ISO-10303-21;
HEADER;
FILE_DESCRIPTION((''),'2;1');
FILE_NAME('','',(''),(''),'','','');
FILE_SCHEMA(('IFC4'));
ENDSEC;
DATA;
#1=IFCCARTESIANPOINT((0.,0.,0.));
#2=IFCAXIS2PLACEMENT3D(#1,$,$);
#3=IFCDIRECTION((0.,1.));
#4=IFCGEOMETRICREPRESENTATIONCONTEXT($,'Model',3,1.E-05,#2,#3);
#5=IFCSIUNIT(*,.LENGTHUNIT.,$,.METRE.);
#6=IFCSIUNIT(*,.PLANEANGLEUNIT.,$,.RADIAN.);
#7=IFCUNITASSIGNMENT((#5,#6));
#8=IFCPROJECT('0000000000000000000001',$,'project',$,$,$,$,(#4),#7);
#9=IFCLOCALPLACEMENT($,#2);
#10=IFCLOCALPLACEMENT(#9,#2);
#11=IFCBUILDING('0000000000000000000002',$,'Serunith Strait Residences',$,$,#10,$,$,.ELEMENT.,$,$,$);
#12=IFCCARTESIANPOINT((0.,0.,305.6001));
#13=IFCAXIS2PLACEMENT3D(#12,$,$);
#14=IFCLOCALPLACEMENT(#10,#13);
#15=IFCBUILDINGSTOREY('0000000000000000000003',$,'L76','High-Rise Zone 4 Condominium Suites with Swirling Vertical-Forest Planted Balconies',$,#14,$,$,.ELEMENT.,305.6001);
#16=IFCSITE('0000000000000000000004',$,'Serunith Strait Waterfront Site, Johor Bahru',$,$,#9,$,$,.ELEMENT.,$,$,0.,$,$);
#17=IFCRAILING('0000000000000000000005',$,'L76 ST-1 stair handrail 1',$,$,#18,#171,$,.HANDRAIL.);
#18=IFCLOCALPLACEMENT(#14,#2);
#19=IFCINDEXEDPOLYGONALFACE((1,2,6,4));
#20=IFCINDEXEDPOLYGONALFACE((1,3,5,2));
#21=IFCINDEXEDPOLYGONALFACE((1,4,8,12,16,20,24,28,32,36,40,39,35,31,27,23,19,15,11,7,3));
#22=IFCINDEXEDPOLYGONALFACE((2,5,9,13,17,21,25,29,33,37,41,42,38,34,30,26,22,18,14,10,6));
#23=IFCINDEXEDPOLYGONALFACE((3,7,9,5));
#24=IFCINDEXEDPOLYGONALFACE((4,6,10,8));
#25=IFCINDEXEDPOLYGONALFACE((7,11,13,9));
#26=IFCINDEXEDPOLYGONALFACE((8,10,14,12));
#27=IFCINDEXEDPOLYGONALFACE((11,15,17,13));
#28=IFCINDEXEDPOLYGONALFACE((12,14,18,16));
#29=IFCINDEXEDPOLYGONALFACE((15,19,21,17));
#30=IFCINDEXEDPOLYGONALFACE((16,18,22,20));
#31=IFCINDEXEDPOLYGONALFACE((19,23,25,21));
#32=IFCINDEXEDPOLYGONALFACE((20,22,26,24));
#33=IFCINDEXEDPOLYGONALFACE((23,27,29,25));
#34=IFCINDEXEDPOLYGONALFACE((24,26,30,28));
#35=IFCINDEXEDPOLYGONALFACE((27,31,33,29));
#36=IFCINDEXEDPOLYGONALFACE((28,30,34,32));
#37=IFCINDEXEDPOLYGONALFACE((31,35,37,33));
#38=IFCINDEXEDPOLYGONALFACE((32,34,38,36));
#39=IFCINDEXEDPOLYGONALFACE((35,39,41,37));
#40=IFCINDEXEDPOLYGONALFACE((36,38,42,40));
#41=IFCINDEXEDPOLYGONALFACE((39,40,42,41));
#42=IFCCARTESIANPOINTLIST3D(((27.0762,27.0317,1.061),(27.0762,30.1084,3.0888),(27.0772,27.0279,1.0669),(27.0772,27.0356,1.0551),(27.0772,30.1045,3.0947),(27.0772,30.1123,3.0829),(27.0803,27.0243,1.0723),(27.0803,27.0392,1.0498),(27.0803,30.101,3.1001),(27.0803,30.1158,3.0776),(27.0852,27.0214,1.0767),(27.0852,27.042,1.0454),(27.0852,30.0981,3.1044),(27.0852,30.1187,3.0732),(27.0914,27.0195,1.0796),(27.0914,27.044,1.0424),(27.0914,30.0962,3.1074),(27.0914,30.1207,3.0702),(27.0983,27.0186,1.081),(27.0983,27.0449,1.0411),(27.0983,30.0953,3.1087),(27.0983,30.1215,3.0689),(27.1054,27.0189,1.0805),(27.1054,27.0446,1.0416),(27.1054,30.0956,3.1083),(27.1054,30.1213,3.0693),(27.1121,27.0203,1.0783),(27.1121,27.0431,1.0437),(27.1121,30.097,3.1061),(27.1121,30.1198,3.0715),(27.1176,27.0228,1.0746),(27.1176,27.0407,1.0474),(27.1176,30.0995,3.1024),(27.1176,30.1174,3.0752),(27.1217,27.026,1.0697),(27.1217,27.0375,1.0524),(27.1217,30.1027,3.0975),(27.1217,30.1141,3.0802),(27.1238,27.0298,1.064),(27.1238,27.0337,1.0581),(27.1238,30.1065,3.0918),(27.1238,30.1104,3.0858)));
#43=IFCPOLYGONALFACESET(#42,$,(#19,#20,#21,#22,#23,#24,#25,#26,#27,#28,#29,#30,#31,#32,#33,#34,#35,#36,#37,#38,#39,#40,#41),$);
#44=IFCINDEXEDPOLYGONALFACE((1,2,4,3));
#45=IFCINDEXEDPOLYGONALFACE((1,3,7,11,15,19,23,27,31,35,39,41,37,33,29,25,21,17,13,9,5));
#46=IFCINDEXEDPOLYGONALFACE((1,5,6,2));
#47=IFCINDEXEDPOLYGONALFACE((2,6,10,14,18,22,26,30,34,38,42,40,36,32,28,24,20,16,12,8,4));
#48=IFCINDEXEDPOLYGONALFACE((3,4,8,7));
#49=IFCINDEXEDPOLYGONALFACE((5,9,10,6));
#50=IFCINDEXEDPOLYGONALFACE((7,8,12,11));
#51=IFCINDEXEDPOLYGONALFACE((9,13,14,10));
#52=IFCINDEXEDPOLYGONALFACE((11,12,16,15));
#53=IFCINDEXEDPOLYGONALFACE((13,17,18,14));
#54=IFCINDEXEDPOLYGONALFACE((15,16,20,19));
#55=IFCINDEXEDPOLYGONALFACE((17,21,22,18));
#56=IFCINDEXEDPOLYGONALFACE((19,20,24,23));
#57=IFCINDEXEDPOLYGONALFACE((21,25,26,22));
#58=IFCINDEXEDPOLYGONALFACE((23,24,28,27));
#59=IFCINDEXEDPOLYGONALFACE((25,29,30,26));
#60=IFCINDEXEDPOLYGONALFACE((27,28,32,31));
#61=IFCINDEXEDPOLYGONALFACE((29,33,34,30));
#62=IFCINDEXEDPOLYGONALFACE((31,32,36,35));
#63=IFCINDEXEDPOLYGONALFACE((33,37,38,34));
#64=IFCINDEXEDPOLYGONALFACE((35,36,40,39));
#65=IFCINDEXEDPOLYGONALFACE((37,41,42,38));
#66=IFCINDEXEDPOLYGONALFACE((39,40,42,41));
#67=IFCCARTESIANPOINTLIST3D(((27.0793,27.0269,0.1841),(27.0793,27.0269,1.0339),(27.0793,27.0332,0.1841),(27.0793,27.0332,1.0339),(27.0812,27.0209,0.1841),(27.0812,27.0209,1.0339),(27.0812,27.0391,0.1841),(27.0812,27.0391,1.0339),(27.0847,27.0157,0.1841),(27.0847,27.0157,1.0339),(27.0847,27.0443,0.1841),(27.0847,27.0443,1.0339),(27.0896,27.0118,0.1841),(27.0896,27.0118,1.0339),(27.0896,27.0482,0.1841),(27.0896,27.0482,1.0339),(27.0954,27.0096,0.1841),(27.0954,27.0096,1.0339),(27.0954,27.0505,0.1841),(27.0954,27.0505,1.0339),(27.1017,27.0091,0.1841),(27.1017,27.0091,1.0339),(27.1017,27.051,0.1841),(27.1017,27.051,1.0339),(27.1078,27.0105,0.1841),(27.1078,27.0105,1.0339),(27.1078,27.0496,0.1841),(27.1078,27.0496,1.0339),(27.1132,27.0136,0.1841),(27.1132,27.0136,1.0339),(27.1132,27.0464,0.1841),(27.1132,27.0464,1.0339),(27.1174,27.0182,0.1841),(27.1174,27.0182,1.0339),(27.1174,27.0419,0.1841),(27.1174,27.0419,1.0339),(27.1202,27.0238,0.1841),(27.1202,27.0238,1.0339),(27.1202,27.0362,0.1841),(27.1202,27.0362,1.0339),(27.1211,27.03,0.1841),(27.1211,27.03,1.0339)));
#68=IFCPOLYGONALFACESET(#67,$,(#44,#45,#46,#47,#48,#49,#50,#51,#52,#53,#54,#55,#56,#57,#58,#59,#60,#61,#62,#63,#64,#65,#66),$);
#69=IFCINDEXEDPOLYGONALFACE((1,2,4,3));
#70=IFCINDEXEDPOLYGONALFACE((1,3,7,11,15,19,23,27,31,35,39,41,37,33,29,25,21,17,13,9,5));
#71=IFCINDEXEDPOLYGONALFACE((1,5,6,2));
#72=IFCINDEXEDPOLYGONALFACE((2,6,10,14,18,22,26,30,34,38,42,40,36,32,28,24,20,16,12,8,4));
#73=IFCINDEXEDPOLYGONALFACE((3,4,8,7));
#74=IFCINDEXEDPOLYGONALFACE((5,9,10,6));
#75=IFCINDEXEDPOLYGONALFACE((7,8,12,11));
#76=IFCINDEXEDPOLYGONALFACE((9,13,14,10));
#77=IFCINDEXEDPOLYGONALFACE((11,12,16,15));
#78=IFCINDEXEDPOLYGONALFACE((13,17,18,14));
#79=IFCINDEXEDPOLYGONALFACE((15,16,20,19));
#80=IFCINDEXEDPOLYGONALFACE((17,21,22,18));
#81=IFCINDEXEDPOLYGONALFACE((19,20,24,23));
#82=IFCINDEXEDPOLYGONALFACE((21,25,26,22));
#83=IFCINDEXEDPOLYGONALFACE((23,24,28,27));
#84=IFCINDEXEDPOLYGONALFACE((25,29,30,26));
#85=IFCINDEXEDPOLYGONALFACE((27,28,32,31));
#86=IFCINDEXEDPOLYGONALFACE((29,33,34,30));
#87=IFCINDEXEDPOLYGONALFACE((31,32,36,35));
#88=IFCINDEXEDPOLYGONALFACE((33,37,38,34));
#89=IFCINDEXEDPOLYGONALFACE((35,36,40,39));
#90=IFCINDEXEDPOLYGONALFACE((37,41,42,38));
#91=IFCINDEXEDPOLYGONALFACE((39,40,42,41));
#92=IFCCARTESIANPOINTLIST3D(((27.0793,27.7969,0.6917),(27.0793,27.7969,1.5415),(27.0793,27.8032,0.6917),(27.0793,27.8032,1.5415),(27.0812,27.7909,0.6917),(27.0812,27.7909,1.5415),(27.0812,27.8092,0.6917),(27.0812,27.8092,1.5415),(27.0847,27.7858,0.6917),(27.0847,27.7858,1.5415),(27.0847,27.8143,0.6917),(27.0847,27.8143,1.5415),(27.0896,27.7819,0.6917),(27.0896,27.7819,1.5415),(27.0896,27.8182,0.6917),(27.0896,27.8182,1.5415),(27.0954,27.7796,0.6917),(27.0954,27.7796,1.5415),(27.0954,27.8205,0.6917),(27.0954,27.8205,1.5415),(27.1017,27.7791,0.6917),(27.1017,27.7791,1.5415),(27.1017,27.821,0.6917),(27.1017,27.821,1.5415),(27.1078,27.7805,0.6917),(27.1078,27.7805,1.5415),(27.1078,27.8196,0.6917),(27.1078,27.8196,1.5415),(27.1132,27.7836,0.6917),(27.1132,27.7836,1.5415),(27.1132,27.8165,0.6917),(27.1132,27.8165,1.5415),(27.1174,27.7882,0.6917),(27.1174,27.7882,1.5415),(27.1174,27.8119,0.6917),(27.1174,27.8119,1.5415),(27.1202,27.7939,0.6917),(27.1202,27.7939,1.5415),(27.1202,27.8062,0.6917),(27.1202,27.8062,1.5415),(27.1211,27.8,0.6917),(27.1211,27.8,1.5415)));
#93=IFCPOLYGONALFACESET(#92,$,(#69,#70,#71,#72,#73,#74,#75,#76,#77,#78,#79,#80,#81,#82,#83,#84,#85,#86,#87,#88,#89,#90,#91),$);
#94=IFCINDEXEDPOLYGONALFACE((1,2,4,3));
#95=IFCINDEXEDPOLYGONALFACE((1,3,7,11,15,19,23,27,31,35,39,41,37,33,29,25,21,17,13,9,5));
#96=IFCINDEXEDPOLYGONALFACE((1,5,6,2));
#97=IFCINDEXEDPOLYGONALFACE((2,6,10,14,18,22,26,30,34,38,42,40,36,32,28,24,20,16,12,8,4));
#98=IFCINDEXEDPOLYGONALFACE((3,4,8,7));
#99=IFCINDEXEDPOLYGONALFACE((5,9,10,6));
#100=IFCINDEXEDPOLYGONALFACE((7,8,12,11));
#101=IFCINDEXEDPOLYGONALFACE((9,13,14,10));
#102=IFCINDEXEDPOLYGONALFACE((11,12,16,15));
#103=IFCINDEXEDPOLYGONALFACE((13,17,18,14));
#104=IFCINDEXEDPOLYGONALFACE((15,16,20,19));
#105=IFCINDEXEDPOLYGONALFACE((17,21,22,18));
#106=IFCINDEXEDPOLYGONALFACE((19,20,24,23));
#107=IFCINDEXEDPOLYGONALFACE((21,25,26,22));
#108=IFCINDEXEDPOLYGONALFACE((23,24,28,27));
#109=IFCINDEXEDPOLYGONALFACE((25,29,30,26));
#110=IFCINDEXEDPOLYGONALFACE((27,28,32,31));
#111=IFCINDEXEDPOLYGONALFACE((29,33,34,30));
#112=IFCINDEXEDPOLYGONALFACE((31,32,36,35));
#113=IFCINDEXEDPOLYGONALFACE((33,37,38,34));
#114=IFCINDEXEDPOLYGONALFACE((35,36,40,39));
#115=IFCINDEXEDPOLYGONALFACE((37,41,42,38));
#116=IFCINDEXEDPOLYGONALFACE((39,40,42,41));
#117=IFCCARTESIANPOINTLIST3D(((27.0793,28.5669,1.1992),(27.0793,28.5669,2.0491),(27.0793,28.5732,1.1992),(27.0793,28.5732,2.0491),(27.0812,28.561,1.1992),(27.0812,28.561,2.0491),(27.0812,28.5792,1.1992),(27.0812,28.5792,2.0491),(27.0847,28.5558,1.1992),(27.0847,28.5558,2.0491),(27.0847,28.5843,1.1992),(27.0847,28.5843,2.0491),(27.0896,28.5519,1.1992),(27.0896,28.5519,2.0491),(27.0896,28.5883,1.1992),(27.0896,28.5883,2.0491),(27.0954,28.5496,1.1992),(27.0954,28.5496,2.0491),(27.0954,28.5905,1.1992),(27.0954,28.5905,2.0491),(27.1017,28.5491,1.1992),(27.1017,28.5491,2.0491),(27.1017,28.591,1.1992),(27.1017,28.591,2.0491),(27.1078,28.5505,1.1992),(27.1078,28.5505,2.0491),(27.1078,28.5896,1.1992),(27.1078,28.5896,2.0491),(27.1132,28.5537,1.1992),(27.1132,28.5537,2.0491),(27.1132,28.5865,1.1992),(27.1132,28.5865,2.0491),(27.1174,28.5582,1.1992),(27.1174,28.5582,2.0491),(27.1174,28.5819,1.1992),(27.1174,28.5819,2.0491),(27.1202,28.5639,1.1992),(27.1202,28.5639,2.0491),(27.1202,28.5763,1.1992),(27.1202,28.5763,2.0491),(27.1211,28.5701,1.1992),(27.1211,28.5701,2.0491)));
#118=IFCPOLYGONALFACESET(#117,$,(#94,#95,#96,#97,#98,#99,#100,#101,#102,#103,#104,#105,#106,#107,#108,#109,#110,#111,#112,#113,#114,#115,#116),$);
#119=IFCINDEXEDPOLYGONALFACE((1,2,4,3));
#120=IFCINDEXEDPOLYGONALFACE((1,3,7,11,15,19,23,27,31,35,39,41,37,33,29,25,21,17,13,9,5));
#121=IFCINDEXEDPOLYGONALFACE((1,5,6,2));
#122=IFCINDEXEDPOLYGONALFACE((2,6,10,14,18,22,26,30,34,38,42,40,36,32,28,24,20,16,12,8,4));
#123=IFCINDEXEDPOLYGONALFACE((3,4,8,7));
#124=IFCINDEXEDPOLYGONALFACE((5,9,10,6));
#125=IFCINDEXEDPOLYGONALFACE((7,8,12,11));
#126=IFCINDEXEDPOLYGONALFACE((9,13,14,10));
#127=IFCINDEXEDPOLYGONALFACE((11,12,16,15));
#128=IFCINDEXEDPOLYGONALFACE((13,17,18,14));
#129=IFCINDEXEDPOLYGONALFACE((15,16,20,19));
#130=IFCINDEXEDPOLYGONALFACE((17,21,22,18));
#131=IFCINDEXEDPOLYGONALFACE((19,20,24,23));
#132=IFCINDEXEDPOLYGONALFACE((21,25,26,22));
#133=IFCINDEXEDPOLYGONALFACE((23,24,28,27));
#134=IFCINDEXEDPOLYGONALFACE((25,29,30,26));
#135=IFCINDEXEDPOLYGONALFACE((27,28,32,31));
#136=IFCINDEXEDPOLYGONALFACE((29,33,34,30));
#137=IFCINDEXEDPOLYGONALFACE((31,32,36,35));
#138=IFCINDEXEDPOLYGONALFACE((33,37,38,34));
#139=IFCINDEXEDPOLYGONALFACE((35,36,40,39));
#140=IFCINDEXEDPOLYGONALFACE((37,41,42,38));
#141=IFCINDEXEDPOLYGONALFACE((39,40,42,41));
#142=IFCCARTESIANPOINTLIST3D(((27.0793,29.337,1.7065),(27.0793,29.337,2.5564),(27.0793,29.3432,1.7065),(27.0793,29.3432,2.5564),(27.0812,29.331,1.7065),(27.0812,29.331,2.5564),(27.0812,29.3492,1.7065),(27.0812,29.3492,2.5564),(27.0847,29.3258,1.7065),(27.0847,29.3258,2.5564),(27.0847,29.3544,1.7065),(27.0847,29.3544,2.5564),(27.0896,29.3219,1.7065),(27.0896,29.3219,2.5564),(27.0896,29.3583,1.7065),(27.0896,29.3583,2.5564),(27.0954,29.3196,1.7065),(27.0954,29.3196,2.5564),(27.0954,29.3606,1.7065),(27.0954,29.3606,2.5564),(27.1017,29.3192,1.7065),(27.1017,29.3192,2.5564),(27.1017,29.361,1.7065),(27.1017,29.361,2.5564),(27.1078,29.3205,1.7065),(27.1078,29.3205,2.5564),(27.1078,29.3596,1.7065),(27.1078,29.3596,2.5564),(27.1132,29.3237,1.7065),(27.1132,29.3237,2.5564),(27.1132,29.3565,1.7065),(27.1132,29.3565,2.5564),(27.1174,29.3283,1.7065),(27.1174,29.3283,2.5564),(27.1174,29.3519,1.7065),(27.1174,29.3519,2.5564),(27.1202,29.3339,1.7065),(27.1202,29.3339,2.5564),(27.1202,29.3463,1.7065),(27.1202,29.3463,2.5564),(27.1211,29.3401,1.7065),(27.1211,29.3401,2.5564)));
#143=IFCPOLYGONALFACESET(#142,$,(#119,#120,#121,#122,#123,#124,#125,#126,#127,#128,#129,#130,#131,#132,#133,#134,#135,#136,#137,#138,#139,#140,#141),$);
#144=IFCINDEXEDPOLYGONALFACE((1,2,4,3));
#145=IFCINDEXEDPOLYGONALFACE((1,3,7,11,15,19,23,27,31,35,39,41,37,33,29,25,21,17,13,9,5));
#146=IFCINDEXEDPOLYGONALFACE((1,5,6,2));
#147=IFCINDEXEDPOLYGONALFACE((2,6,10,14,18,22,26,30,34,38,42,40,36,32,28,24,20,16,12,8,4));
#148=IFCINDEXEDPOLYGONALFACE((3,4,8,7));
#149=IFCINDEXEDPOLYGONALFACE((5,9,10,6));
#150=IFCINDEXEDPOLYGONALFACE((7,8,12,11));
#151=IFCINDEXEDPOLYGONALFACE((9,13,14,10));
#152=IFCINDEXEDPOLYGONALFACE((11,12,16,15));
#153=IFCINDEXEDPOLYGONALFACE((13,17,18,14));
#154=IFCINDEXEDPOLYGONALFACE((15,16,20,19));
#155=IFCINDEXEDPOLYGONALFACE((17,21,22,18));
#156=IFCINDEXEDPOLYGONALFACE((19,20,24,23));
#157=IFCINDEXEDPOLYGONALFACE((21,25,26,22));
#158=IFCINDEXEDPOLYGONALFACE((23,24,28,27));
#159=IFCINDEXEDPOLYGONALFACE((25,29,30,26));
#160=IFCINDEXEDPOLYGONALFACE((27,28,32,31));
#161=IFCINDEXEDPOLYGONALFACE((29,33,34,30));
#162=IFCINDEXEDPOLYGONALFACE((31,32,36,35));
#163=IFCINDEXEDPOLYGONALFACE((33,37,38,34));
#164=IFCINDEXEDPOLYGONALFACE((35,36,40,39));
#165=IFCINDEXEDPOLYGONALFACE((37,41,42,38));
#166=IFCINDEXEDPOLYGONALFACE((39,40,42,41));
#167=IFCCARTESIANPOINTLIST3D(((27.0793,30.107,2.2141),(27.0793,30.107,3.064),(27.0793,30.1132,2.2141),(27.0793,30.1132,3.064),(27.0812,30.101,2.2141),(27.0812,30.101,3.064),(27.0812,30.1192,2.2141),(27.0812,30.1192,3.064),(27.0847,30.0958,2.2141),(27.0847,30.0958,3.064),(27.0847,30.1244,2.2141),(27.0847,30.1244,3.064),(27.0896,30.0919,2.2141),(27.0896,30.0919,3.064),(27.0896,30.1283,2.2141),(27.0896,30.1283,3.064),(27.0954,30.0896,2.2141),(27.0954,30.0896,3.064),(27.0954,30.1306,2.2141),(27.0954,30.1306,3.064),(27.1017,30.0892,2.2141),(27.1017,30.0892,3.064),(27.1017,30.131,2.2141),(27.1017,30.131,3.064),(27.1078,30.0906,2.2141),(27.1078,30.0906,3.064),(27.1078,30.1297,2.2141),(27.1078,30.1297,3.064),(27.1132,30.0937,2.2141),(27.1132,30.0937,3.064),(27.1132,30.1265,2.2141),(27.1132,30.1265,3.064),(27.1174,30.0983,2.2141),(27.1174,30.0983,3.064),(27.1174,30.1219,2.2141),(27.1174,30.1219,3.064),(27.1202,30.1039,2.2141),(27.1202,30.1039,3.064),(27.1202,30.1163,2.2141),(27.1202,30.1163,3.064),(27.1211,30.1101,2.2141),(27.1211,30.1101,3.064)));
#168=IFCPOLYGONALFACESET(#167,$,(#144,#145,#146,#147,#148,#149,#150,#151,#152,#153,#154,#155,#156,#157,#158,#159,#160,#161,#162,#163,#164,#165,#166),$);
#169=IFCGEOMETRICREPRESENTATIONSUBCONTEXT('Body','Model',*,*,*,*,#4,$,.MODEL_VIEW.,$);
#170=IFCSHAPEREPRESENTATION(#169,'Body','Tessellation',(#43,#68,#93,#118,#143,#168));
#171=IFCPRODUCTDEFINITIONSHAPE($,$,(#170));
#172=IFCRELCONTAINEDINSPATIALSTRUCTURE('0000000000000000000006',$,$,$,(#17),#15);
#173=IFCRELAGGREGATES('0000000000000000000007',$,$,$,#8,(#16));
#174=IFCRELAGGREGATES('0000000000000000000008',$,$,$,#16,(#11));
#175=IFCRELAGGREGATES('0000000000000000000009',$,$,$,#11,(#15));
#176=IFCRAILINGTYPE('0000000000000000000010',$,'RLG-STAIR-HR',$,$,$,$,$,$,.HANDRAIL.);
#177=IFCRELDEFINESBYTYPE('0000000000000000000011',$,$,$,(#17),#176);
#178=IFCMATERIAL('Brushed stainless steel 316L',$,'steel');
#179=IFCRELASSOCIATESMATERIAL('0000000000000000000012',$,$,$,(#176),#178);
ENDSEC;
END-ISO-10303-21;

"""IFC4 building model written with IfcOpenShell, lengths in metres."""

from ifc_helpers import new_model, si_unit, direction, frame, origin, origin_2d, place, context, subcontext, project, spatial, circle, extrude, material, type_object, element, save


model = new_model("IFC4")

# Units and contexts
model_context = context("Model", 3, precision=1e-05, world=origin(), true_north=direction((0.0, 1.0)))
body_context = subcontext(model_context, "Body", "Model", "MODEL_VIEW")
ifc_project = project(units=[si_unit("LENGTHUNIT", "METRE"), si_unit("PLANEANGLEUNIT", "RADIAN")], contexts=[model_context])

# Site, building, storey
site_placement = place(None, origin())
site = spatial("IfcSite", under=ifc_project, at=site_placement, Name="Serunith Strait Waterfront Site, Johor Bahru", CompositionType="ELEMENT", RefElevation=0.0)
building_placement = place(site_placement, origin())
building = spatial("IfcBuilding", under=site, at=building_placement, Name="Serunith Strait Residences", CompositionType="ELEMENT")
storey_placement = place(building_placement, frame((0.0, 0.0, 305.6001)))
storey = spatial("IfcBuildingStorey", under=building, at=storey_placement, Name="L76", Description="High-Rise Zone 4 Condominium Suites with Swirling Vertical-Forest Planted Balconies", CompositionType="ELEMENT", Elevation=305.6001)

# Railing
ifc_material_1 = material(Name="Brushed stainless steel 316L", Category="steel")
railing_type_1 = type_object("IfcRailingType", Name="RLG-STAIR-HR", PredefinedType="HANDRAIL", material=ifc_material_1)
railing_1_placement = place(storey_placement, frame((27.1001, 27.03, 0.1841)))
element("IfcRailing", 1, at=railing_1_placement, inside=storey, type_object=railing_type_1, Name="L76 ST-1 stair handrail 1", PredefinedType="HANDRAIL", context=body_context, shape_type="SweptSolid", body=[
    extrude(circle(Radius=0.0239, at=origin_2d()), frame((0.0, 0.0017, 0.877), z_axis=(0.0, 0.834961, 0.550309), x_axis=(-1.0, 0.0, 0.0)), (0.0, 0.0, 1.0), 3.6848),
    extrude(circle(Radius=0.021, at=origin_2d()), origin(), (0.0, 0.0, 1.0), 0.8499),
    extrude(circle(Radius=0.021, at=origin_2d()), frame((0.0, 0.77, 0.5076)), (0.0, 0.0, 1.0), 0.8499),
    extrude(circle(Radius=0.021, at=origin_2d()), frame((0.0, 1.54, 1.0151)), (0.0, 0.0, 1.0), 0.8499),
    extrude(circle(Radius=0.021, at=origin_2d()), frame((0.0, 2.3101, 1.5225)), (0.0, 0.0, 1.0), 0.8499),
    extrude(circle(Radius=0.021, at=origin_2d()), frame((0.0, 3.0801, 2.03)), (0.0, 0.0, 1.0), 0.8499),
])

save(model, "model.ifc")
